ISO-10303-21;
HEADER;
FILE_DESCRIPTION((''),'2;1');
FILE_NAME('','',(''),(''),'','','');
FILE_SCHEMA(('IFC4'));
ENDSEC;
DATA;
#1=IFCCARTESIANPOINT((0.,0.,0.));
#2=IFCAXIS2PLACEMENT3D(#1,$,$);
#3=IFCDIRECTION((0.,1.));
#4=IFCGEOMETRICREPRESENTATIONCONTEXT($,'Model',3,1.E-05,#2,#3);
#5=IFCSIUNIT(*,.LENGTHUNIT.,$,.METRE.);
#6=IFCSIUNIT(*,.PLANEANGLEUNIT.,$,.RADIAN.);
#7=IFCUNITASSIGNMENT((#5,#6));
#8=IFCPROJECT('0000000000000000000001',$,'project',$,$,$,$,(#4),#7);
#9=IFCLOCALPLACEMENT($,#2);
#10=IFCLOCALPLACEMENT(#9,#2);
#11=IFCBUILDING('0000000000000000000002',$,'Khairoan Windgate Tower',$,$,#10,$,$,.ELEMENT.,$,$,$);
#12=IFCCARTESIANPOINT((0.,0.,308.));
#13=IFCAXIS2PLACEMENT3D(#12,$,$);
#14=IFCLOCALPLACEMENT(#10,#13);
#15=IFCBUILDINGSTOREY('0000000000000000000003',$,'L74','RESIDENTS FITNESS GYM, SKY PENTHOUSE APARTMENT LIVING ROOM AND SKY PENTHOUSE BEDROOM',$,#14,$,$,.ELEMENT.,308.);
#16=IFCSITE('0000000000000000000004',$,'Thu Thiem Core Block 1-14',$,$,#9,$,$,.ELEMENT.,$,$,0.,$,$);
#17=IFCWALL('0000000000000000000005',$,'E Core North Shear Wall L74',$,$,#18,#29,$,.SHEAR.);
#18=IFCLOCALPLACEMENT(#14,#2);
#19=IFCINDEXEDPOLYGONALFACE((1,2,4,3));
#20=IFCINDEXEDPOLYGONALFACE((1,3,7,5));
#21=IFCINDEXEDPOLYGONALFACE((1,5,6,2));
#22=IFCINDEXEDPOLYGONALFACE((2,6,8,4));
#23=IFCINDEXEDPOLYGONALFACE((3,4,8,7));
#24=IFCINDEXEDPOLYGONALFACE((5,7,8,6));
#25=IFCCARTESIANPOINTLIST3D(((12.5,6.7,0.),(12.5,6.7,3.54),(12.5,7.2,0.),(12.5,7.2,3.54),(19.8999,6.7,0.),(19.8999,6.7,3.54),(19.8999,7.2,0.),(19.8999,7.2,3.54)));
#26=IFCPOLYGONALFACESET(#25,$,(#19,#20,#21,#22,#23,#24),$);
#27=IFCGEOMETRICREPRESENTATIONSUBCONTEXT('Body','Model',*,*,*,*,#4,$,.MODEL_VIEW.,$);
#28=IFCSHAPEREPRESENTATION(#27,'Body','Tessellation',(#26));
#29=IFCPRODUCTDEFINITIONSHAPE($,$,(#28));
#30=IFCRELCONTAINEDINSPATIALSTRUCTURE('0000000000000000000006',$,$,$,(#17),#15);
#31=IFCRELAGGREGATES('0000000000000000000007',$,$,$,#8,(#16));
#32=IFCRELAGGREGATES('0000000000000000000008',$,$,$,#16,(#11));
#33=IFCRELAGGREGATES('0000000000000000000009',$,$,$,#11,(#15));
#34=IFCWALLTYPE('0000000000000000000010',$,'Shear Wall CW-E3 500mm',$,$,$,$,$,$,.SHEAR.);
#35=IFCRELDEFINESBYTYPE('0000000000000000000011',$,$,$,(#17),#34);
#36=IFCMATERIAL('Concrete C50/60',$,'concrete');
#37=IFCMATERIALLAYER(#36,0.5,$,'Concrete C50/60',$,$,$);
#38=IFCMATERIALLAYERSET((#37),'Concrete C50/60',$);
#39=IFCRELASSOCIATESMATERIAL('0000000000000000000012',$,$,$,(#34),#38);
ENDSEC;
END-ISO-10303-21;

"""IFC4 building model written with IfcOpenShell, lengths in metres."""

from ifc_helpers import new_model, si_unit, direction, frame, frame_2d, origin, place, context, subcontext, project, spatial, rectangle, extrude, material, layer, layer_set, type_object, element, save


model = new_model("IFC4")

# Units and contexts
model_context = context("Model", 3, precision=1e-05, world=origin(), true_north=direction((0.0, 1.0)))
body_context = subcontext(model_context, "Body", "Model", "MODEL_VIEW")
ifc_project = project(units=[si_unit("LENGTHUNIT", "METRE"), si_unit("PLANEANGLEUNIT", "RADIAN")], contexts=[model_context])

# Site, building, storey
site_placement = place(None, origin())
site = spatial("IfcSite", under=ifc_project, at=site_placement, Name="Thu Thiem Core Block 1-14", CompositionType="ELEMENT", RefElevation=0.0)
building_placement = place(site_placement, origin())
building = spatial("IfcBuilding", under=site, at=building_placement, Name="Khairoan Windgate Tower", CompositionType="ELEMENT")
storey_placement = place(building_placement, frame((0.0, 0.0, 308.0)))
storey = spatial("IfcBuildingStorey", under=building, at=storey_placement, Name="L74", Description="RESIDENTS FITNESS GYM, SKY PENTHOUSE APARTMENT LIVING ROOM AND SKY PENTHOUSE BEDROOM", CompositionType="ELEMENT", Elevation=308.0)

# Wall
ifc_material_1 = material(Name="Concrete C50/60", Category="concrete")
ifc_layer_1 = layer(ifc_material_1, 0.5, Name="Concrete C50/60")
ifc_layer_set_1 = layer_set([ifc_layer_1], Name="Concrete C50/60")
wall_type_1 = type_object("IfcWallType", Name="Shear Wall CW-E3 500mm", PredefinedType="SHEAR", material=ifc_layer_set_1)
wall_1_placement = place(storey_placement, frame((12.5, 6.95, 0.0), z_axis=(0.0, 0.0, 1.0), x_axis=(1.0, 0.0, 0.0)))
element("IfcWall", 1, at=wall_1_placement, inside=storey, type_object=wall_type_1, Name="E Core North Shear Wall L74", PredefinedType="SHEAR", context=body_context, shape_type="SweptSolid", body=[
    extrude(rectangle(XDim=7.3999, YDim=0.5, at=frame_2d((3.7, 0.0))), origin(), (0.0, 0.0, 1.0), 3.54),
])

save(model, "model.ifc")
